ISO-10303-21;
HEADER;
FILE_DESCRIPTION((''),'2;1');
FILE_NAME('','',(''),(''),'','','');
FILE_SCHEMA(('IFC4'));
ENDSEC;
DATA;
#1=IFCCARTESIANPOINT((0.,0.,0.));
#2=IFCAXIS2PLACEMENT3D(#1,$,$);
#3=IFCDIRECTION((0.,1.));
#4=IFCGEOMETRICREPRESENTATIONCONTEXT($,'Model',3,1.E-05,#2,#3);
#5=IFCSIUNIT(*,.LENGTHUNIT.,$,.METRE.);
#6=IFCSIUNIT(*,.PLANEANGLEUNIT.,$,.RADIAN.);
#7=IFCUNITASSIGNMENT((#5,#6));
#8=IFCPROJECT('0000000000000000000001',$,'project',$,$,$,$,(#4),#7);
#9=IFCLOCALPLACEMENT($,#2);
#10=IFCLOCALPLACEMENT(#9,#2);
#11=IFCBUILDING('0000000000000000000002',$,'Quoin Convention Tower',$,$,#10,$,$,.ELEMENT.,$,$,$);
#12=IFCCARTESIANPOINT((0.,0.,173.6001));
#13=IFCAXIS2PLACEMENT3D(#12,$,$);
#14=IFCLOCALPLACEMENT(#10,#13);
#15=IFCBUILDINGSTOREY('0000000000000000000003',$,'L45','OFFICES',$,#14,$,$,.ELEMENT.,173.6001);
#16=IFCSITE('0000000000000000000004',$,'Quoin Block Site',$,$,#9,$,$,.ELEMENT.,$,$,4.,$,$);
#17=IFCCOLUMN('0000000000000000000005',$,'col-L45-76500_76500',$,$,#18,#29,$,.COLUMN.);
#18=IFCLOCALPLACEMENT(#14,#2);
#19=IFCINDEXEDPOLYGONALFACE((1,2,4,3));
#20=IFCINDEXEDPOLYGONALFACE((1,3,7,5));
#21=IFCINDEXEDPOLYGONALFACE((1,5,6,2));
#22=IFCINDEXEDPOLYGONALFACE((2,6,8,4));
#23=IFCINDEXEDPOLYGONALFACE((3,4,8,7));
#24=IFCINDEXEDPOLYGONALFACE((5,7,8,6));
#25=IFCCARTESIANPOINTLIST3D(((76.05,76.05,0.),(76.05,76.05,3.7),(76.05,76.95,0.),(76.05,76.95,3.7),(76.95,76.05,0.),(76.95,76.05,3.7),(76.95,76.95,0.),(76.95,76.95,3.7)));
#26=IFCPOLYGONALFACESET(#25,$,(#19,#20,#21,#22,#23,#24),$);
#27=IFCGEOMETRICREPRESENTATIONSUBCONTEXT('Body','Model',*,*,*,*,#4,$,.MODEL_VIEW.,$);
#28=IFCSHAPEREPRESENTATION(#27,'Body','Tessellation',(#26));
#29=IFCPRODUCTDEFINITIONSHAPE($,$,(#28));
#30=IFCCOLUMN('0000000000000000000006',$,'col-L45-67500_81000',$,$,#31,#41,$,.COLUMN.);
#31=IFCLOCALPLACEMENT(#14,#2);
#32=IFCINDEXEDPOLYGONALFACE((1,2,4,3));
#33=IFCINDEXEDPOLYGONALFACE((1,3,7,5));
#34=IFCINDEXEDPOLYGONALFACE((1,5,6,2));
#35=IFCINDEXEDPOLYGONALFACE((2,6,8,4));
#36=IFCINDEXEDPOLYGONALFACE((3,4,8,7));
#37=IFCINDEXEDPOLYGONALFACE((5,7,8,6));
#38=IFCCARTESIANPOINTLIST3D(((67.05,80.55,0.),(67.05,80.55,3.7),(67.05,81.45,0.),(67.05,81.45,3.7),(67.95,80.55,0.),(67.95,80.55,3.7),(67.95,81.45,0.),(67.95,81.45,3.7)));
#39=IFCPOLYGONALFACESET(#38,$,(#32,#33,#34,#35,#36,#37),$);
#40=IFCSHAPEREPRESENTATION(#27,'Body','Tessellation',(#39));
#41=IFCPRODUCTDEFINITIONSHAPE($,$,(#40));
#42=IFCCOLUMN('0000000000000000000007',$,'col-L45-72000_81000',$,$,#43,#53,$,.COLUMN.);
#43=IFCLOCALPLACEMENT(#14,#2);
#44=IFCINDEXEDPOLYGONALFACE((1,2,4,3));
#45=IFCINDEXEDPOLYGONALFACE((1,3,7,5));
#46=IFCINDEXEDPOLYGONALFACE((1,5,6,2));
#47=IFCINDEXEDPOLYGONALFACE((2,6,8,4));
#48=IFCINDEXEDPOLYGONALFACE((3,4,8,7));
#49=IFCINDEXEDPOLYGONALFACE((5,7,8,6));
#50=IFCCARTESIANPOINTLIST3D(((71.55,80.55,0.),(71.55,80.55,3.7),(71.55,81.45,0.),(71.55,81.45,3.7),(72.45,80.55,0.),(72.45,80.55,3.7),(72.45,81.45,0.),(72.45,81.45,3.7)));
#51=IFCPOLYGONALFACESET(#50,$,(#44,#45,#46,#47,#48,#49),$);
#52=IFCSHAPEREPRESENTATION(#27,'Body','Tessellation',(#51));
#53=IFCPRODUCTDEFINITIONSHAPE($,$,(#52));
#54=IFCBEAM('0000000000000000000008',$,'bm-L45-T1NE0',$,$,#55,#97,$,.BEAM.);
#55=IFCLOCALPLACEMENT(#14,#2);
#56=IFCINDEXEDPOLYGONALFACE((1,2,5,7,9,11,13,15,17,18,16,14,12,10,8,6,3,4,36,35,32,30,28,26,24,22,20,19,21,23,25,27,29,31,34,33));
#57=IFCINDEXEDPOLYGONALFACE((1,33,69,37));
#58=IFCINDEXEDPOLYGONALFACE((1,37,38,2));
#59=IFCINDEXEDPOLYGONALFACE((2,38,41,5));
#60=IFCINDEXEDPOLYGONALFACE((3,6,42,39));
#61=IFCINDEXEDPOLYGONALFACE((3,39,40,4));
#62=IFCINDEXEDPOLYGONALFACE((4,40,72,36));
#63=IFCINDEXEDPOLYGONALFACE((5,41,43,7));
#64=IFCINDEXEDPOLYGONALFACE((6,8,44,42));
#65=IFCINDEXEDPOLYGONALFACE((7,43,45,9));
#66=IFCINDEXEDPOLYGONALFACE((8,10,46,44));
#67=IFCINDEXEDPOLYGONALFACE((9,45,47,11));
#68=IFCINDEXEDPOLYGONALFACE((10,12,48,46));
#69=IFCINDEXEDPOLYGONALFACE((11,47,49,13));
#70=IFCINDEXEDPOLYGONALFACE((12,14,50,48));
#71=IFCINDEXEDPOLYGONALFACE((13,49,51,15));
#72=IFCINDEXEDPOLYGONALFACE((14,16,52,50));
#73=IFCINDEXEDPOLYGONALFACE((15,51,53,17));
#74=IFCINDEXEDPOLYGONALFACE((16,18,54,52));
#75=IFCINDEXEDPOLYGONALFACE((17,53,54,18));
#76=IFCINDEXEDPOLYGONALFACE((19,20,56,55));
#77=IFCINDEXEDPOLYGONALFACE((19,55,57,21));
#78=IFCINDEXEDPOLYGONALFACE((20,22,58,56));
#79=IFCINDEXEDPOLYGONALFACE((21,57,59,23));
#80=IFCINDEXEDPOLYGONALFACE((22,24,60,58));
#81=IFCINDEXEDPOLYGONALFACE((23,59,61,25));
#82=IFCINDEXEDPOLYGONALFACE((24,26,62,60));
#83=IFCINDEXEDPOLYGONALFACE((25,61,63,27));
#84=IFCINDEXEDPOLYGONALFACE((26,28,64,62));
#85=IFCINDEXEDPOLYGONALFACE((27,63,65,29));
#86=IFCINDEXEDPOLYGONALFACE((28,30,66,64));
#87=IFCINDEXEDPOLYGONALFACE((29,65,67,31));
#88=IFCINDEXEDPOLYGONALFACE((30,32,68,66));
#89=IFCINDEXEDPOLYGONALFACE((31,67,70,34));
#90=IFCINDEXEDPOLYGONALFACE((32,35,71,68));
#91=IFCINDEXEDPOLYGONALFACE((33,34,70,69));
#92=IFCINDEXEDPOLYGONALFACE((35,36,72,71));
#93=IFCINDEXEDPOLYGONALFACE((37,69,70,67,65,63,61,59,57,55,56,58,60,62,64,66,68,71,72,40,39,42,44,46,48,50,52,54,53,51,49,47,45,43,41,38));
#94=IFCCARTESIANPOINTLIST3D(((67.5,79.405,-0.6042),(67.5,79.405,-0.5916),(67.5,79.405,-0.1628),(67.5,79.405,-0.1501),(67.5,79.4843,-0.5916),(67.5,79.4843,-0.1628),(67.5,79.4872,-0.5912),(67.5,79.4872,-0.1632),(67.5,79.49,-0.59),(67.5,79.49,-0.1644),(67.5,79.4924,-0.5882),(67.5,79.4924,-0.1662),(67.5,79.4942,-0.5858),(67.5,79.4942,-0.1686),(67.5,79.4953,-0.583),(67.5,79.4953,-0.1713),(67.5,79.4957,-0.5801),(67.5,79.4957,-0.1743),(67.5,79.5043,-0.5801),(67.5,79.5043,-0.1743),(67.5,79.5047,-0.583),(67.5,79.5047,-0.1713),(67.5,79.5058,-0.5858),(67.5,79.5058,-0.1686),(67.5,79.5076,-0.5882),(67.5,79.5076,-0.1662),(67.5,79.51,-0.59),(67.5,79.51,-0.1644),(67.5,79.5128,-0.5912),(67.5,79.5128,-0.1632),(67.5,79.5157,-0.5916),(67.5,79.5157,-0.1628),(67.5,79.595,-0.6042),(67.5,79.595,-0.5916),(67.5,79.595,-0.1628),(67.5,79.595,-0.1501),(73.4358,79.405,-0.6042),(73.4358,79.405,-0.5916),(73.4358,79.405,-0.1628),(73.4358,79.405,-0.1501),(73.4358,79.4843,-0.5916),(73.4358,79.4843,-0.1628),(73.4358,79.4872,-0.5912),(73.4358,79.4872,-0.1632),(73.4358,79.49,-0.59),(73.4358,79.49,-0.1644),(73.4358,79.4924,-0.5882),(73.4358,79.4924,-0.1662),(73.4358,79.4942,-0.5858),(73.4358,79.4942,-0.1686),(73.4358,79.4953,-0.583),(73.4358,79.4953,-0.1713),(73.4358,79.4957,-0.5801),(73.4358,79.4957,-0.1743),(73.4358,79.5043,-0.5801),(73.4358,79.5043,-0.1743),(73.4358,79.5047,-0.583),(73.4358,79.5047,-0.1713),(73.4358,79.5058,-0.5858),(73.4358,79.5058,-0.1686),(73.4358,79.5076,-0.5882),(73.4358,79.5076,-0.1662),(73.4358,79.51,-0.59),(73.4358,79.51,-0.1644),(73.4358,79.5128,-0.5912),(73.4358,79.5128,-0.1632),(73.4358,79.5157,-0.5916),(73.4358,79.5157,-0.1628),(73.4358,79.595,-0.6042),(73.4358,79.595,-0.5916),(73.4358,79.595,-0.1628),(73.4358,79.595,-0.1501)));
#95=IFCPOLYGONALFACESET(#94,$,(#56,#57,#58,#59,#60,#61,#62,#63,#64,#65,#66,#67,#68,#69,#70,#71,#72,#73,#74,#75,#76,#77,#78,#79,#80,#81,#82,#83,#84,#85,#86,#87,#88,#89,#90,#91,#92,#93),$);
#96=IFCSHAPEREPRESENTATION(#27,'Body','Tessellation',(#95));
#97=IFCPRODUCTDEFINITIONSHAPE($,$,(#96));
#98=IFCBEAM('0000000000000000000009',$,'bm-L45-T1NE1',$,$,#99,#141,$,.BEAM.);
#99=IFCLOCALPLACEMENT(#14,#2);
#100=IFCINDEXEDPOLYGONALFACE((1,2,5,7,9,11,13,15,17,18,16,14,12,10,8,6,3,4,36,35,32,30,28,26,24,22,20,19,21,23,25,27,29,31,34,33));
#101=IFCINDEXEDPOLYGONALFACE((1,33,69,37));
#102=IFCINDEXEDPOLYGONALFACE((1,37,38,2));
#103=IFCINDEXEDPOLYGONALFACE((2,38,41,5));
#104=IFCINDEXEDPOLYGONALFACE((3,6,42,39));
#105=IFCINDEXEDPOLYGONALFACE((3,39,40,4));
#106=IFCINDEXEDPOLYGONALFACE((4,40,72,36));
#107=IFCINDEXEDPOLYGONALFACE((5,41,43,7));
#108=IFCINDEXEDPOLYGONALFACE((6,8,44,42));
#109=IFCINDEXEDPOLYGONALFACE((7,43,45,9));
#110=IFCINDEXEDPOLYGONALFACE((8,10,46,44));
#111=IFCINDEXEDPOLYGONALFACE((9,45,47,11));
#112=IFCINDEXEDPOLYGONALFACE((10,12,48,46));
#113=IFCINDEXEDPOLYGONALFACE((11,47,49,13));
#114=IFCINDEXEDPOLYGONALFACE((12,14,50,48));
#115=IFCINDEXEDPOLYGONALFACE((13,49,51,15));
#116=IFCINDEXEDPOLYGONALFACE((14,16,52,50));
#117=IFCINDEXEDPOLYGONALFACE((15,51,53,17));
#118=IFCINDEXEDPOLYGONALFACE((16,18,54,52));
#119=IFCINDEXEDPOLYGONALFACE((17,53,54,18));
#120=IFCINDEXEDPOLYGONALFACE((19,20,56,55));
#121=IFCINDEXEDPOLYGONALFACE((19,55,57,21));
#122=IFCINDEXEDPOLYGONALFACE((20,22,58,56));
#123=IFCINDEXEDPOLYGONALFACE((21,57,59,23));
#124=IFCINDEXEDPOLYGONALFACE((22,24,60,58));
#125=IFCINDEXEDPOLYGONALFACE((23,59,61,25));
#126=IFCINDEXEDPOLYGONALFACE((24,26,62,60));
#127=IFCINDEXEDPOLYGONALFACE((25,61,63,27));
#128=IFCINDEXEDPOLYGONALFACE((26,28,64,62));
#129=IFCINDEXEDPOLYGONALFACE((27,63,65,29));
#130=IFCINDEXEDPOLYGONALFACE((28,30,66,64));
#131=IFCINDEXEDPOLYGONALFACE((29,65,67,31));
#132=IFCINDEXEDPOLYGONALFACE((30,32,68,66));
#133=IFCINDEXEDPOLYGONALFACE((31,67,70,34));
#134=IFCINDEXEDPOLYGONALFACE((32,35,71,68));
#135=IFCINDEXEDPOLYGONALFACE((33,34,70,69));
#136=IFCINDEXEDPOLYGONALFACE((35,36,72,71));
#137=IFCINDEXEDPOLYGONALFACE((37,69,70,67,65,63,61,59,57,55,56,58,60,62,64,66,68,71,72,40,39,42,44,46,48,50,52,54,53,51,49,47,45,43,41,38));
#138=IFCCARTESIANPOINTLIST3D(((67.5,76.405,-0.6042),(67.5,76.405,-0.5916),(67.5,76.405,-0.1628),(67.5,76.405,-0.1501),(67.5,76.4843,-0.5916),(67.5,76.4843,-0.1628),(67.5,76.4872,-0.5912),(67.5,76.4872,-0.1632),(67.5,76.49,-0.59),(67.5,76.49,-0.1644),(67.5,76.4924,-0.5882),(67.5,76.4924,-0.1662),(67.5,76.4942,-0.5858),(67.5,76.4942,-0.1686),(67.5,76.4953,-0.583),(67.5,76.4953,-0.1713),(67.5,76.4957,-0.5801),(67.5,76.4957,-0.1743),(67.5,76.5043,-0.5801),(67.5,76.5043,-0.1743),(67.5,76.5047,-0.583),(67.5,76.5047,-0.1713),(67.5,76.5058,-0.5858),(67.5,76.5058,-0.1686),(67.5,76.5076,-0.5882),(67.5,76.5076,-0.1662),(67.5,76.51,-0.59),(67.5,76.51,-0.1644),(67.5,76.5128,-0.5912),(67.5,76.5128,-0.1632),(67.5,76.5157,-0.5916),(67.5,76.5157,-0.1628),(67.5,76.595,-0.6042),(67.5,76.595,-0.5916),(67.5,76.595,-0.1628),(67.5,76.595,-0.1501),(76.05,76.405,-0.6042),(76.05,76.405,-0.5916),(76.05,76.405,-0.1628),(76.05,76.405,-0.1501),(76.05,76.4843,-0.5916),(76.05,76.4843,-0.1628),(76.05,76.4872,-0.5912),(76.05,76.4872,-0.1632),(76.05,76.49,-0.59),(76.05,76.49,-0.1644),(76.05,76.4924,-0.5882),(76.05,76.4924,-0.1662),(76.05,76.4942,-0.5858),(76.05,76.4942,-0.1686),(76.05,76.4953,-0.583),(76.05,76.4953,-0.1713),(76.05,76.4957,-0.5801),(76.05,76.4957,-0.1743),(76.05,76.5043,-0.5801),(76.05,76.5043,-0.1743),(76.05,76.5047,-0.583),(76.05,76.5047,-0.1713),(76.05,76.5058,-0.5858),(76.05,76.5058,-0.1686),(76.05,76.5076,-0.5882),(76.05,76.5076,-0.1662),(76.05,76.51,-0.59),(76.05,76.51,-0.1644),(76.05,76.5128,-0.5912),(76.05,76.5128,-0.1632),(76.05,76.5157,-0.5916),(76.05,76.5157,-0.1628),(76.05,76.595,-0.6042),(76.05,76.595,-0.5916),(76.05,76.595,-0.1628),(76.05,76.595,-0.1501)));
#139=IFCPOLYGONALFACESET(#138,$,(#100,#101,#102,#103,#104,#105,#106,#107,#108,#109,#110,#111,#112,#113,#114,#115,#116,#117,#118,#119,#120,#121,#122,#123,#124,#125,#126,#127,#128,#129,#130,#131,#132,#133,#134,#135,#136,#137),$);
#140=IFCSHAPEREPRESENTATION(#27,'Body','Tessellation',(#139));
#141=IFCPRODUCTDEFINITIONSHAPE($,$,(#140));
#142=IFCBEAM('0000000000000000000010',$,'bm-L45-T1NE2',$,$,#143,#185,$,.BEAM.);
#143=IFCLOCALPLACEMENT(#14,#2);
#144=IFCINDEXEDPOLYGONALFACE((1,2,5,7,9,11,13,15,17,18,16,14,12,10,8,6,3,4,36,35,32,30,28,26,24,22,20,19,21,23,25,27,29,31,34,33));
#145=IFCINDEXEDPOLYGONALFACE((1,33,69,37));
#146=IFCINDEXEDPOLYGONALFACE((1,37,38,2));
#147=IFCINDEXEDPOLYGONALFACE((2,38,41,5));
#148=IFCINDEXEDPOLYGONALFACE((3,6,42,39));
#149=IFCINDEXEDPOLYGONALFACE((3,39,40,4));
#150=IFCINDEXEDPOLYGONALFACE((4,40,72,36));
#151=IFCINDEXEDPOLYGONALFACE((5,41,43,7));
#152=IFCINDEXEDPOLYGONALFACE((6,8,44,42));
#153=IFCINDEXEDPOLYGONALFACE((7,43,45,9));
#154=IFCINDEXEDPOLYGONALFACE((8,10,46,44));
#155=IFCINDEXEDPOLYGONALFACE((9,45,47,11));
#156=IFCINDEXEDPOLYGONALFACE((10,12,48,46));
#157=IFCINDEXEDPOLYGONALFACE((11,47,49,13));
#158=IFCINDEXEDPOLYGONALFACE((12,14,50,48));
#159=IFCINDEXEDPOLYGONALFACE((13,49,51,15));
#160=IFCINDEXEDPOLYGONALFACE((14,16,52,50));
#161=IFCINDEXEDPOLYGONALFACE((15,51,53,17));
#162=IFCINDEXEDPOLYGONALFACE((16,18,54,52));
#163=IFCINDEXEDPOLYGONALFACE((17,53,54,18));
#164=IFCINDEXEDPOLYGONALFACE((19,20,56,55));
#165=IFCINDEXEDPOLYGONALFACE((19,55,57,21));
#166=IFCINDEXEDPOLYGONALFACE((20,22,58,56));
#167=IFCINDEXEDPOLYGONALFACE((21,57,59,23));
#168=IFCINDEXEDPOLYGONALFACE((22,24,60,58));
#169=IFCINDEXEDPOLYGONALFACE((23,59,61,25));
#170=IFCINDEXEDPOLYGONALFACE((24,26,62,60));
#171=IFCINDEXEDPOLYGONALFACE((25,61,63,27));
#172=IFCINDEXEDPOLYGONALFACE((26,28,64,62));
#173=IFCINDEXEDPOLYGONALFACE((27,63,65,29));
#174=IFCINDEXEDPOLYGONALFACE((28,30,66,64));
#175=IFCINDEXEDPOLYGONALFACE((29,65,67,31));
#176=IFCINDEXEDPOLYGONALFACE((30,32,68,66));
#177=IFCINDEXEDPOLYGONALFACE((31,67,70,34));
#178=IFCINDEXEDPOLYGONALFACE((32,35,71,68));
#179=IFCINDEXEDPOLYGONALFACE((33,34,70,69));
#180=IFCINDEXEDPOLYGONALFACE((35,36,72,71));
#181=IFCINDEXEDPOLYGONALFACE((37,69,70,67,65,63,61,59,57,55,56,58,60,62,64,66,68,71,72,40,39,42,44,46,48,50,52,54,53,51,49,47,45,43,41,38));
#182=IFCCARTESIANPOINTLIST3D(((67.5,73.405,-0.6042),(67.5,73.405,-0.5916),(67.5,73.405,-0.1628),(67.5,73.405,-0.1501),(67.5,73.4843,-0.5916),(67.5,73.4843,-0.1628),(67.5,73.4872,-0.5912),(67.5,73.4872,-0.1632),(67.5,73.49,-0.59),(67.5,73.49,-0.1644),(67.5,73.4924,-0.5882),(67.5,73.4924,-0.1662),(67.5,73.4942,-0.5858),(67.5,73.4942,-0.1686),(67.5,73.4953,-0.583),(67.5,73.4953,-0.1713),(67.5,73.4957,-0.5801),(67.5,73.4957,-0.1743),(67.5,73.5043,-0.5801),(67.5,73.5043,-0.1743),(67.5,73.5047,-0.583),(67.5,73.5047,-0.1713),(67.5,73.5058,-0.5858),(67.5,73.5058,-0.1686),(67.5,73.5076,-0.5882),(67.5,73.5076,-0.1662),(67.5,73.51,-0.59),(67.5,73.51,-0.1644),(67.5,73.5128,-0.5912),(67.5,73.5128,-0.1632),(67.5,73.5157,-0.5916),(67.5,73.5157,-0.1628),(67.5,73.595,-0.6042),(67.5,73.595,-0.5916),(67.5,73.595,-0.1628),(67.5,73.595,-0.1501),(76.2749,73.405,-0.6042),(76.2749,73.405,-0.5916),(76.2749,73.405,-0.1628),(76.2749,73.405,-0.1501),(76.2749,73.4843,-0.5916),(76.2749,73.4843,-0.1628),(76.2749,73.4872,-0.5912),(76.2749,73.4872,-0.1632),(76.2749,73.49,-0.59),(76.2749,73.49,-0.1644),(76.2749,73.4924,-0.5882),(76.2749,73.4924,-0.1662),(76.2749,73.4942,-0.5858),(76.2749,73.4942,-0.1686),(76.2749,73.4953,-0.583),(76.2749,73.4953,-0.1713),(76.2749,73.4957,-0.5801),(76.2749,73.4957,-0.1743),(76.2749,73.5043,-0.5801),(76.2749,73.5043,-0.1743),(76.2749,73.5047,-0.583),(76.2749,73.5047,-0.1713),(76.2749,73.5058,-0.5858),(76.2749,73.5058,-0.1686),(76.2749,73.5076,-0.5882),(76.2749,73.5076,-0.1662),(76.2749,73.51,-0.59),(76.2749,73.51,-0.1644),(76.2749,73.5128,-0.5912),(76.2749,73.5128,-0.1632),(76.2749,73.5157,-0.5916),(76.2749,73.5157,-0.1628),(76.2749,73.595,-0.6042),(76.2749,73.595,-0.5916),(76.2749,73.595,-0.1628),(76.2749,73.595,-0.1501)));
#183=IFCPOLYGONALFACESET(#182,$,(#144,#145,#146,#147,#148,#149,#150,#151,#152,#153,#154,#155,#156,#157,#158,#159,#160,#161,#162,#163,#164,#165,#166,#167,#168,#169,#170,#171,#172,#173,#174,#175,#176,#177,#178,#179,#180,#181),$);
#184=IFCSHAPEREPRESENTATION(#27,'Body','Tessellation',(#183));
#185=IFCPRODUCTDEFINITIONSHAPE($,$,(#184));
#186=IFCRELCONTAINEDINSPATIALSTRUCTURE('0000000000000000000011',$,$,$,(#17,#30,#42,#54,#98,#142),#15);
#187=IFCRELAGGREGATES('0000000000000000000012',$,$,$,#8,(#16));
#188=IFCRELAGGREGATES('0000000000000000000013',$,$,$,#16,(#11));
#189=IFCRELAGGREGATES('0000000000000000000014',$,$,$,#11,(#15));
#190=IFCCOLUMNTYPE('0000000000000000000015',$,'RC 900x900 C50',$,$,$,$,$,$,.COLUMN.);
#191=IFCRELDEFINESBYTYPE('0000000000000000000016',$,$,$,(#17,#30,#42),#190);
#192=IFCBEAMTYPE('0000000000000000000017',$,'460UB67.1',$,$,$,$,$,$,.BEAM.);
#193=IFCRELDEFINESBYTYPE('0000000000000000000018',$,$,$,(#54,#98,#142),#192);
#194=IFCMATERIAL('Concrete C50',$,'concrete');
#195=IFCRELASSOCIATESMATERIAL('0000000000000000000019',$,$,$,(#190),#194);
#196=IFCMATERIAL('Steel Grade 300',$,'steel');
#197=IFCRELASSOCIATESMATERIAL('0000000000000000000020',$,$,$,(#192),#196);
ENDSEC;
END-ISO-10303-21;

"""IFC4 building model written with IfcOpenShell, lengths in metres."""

from ifc_helpers import new_model, si_unit, direction, frame, origin, origin_2d, place, context, subcontext, project, spatial, rectangle, i_section, extrude, material, material_profile, profile_set, type_object, element, save


model = new_model("IFC4")

# Units and contexts
model_context = context("Model", 3, precision=1e-05, world=origin(), true_north=direction((0.0, 1.0)))
body_context = subcontext(model_context, "Body", "Model", "MODEL_VIEW")
ifc_project = project(units=[si_unit("LENGTHUNIT", "METRE"), si_unit("PLANEANGLEUNIT", "RADIAN")], contexts=[model_context])

# Site, building, storey
site_placement = place(None, origin())
site = spatial("IfcSite", under=ifc_project, at=site_placement, Name="Quoin Block Site", CompositionType="ELEMENT", RefElevation=4.0)
building_placement = place(site_placement, origin())
building = spatial("IfcBuilding", under=site, at=building_placement, Name="Quoin Convention Tower", CompositionType="ELEMENT")
storey_placement = place(building_placement, frame((0.0, 0.0, 173.6001)))
storey = spatial("IfcBuildingStorey", under=building, at=storey_placement, Name="L45", Description="OFFICES", CompositionType="ELEMENT", Elevation=173.6001)

# Columns
ifc_material_1 = material(Name="Concrete C50", Category="concrete")
ifc_material_profile_1 = material_profile(ifc_material_1, rectangle(XDim=0.8999, YDim=0.8999, at=origin_2d()), Name="RC 900x900")
ifc_profile_set_1 = profile_set([ifc_material_profile_1], Name="Concrete C50")
column_type = type_object("IfcColumnType", Name="RC 900x900 C50", PredefinedType="COLUMN", material=ifc_profile_set_1)
for number, where, z_axis, x_axis, name in (
    (1, (76.5, 76.5, 0.0), (0.0, 0.0, 1.0), (1.0, 0.0, 0.0), "col-L45-76500_76500"),
    (2, (67.5, 81.0, 0.0), (0.0, 0.0, 1.0), (1.0, 0.0, 0.0), "col-L45-67500_81000"),
    (3, (72.0, 81.0, 0.0), (0.0, 0.0, 1.0), (1.0, 0.0, 0.0), "col-L45-72000_81000"),
):
    element("IfcColumn", number, at=place(storey_placement, frame(where, z_axis=z_axis, x_axis=x_axis)), inside=storey, type_object=column_type, Name=name, PredefinedType="COLUMN", context=body_context, shape_type="SweptSolid", body=[
        extrude(rectangle(XDim=0.8999, YDim=0.8999, at=origin_2d()), origin(), (0.0, 0.0, 1.0), 3.7),
    ])

# Beams
ifc_material_2 = material(Name="Steel Grade 300", Category="steel")
ifc_material_profile_2 = material_profile(ifc_material_2, i_section(OverallWidth=0.1899, OverallDepth=0.4541, WebThickness=0.0085, FlangeThickness=0.0127, FilletRadius=0.0115, at=origin_2d()), Name="460UB67.1")
ifc_profile_set_2 = profile_set([ifc_material_profile_2], Name="Steel Grade 300")
beam_type_1 = type_object("IfcBeamType", Name="460UB67.1", PredefinedType="BEAM", material=ifc_profile_set_2)
beam_1_placement = place(storey_placement, frame((67.5, 79.5, -0.3772), z_axis=(1.0, 0.0, 0.0), x_axis=(0.0, 1.0, 0.0)))
element("IfcBeam", 4, at=beam_1_placement, inside=storey, type_object=beam_type_1, Name="bm-L45-T1NE0", PredefinedType="BEAM", context=body_context, shape_type="SweptSolid", body=[
    extrude(i_section(OverallWidth=0.1899, OverallDepth=0.4541, WebThickness=0.0085, FlangeThickness=0.0127, FilletRadius=0.0115, at=origin_2d()), origin(), (0.0, 0.0, 1.0), 5.9358),
])
beam_2_placement = place(storey_placement, frame((67.5, 76.5, -0.3772), z_axis=(1.0, 0.0, 0.0), x_axis=(0.0, 1.0, 0.0)))
element("IfcBeam", 5, at=beam_2_placement, inside=storey, type_object=beam_type_1, Name="bm-L45-T1NE1", PredefinedType="BEAM", context=body_context, shape_type="SweptSolid", body=[
    extrude(i_section(OverallWidth=0.1899, OverallDepth=0.4541, WebThickness=0.0085, FlangeThickness=0.0127, FilletRadius=0.0115, at=origin_2d()), origin(), (0.0, 0.0, 1.0), 8.55),
])
beam_3_placement = place(storey_placement, frame((67.5, 73.5, -0.3772), z_axis=(1.0, 0.0, 0.0), x_axis=(0.0, 1.0, 0.0)))
element("IfcBeam", 6, at=beam_3_placement, inside=storey, type_object=beam_type_1, Name="bm-L45-T1NE2", PredefinedType="BEAM", context=body_context, shape_type="SweptSolid", body=[
    extrude(i_section(OverallWidth=0.1899, OverallDepth=0.4541, WebThickness=0.0085, FlangeThickness=0.0127, FilletRadius=0.0115, at=origin_2d()), origin(), (0.0, 0.0, 1.0), 8.7749),
])

save(model, "model.ifc")
